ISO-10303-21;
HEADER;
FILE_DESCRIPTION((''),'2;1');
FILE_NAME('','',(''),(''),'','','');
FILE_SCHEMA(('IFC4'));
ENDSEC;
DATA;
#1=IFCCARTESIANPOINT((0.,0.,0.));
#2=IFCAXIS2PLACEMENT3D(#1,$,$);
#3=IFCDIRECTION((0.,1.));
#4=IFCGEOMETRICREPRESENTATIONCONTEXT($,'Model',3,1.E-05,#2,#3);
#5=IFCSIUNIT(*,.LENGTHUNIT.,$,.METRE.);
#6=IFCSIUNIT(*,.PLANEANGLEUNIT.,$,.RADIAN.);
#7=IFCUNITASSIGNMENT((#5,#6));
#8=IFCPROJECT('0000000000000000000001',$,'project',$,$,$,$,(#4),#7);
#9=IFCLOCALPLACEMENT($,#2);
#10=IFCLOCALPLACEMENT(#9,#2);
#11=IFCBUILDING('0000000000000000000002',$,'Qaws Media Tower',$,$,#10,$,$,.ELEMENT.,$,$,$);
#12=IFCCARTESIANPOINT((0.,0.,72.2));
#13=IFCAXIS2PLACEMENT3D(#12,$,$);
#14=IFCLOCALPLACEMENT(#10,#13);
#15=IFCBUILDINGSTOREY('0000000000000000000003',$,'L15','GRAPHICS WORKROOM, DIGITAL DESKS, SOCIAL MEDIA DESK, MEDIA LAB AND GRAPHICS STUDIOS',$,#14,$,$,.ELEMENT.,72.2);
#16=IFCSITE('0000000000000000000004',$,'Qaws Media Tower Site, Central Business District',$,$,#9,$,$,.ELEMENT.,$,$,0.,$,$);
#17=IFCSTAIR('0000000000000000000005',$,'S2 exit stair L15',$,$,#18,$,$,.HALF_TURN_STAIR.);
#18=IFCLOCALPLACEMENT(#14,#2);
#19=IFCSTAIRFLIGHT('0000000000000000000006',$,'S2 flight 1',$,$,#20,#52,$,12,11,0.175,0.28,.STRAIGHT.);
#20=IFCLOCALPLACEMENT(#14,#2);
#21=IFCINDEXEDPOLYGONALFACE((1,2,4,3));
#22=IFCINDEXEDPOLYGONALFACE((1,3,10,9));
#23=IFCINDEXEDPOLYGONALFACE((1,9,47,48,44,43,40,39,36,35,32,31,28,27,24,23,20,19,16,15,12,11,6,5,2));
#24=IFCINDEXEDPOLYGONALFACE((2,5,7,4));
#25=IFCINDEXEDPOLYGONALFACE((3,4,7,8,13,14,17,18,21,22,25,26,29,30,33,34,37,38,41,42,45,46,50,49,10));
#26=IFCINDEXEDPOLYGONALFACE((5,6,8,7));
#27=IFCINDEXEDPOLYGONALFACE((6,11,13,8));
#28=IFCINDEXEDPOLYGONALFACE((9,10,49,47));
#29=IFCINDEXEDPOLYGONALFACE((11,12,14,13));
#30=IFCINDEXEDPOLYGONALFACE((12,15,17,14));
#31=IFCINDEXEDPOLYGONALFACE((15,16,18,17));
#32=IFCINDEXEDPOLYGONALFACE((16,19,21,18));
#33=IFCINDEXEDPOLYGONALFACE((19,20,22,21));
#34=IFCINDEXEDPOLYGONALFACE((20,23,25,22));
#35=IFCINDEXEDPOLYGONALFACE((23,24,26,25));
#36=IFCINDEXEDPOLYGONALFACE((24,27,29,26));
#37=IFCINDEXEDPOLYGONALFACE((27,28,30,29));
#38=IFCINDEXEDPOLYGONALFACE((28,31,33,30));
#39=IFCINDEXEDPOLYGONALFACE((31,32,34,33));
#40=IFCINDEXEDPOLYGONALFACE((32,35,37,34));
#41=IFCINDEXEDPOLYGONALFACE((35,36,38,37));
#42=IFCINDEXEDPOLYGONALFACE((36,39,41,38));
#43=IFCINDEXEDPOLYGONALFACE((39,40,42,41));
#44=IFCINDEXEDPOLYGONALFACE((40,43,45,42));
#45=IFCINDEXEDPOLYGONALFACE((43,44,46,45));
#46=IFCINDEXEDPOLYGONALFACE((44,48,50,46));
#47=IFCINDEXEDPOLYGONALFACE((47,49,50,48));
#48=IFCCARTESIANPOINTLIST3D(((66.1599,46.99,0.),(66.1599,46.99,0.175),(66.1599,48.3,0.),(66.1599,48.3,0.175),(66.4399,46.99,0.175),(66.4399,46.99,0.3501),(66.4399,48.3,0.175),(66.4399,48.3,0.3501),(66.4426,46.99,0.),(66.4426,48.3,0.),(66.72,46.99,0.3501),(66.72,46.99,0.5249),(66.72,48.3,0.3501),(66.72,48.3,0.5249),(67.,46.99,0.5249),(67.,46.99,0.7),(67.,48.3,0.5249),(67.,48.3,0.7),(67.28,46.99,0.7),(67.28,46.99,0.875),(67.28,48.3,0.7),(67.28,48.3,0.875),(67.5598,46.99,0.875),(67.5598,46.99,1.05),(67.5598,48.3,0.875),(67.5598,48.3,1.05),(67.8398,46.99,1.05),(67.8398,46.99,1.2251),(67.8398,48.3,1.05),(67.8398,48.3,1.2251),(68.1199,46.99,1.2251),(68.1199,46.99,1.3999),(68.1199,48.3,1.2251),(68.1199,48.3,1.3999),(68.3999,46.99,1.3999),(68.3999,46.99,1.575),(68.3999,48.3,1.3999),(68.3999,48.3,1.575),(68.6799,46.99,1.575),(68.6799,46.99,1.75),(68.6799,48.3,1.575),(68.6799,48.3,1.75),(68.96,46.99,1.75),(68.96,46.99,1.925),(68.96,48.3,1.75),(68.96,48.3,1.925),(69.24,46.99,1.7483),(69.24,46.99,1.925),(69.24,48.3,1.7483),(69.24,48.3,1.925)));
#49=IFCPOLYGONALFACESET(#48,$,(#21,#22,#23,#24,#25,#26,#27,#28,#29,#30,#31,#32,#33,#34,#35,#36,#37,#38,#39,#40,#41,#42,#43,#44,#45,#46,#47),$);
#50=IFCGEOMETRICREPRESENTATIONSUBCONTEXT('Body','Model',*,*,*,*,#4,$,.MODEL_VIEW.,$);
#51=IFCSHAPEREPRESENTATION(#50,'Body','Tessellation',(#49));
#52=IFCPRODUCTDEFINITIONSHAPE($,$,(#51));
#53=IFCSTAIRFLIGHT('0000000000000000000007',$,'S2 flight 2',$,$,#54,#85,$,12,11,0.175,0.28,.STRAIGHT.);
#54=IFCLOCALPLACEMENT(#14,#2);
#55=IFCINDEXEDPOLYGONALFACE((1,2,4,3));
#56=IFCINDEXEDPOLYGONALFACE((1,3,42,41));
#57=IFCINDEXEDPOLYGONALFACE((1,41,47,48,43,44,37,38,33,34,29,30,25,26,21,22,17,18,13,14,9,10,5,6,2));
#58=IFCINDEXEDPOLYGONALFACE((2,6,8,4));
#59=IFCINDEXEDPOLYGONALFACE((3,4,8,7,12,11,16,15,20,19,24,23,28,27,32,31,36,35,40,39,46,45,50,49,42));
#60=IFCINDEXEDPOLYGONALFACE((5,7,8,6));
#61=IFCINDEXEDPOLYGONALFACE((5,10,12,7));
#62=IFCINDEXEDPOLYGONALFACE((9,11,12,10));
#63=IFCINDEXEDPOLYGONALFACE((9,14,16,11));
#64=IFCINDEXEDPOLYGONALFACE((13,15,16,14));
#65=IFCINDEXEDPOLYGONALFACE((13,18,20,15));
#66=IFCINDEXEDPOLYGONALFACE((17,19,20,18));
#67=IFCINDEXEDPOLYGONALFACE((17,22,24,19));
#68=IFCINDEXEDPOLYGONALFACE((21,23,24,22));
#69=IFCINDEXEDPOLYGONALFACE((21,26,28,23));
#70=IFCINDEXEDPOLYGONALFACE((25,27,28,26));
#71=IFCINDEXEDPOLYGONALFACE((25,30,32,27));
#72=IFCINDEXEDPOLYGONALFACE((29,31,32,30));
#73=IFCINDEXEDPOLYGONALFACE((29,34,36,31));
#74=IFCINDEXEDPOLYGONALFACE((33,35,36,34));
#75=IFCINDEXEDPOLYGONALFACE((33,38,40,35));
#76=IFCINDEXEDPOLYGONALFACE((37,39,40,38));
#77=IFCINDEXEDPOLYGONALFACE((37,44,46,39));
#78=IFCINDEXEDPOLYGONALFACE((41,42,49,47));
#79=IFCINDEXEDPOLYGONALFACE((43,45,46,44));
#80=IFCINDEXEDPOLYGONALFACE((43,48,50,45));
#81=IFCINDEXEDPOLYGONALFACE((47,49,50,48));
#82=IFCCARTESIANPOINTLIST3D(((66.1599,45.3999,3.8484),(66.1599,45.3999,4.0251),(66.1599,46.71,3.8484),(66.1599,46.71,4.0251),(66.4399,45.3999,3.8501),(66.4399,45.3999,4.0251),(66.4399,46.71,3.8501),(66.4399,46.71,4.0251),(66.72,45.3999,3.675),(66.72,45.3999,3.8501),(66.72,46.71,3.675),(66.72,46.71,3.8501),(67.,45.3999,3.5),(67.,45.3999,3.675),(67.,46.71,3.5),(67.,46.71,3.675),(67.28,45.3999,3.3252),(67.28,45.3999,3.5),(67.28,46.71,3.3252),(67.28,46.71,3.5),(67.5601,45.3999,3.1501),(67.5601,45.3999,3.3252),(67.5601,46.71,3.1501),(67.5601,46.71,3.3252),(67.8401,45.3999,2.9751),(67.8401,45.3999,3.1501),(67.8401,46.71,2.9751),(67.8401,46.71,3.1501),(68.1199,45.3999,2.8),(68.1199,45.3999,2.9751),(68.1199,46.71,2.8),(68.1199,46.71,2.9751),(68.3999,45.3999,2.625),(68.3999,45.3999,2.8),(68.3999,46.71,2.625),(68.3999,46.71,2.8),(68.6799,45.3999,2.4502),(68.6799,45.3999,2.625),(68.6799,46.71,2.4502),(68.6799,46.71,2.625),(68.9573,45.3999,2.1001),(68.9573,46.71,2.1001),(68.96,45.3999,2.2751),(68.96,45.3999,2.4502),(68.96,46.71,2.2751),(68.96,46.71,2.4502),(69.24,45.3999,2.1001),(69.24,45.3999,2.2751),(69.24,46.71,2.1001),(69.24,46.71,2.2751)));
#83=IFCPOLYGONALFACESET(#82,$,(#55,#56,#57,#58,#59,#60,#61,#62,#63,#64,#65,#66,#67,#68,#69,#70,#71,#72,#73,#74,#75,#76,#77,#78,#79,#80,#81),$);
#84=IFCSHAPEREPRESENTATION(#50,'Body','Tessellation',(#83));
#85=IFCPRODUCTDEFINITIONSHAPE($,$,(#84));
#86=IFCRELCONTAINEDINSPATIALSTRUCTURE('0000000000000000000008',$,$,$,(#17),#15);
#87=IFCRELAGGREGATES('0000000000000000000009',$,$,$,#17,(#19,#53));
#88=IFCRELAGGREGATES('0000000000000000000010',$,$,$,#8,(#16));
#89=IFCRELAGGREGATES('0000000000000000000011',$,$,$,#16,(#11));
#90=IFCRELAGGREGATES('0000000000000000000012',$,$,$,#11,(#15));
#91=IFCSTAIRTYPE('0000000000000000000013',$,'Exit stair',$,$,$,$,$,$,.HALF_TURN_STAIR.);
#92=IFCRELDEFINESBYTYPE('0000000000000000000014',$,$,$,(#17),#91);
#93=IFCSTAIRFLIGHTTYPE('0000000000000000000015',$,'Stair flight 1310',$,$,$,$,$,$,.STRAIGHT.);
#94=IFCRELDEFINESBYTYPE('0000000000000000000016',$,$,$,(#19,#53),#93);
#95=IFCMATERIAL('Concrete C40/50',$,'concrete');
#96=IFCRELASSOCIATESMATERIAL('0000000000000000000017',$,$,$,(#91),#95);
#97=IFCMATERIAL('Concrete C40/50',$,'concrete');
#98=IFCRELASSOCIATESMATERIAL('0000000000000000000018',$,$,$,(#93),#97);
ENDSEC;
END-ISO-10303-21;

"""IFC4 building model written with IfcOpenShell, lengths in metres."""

from ifc_helpers import new_model, si_unit, direction, frame, origin, place, context, subcontext, project, spatial, polyline, outline, extrude, material, type_object, element, aggregate, save


model = new_model("IFC4")

# Units and contexts
model_context = context("Model", 3, precision=1e-05, world=origin(), true_north=direction((0.0, 1.0)))
body_context = subcontext(model_context, "Body", "Model", "MODEL_VIEW")
ifc_project = project(units=[si_unit("LENGTHUNIT", "METRE"), si_unit("PLANEANGLEUNIT", "RADIAN")], contexts=[model_context])

# Site, building, storey
site_placement = place(None, origin())
site = spatial("IfcSite", under=ifc_project, at=site_placement, Name="Qaws Media Tower Site, Central Business District", CompositionType="ELEMENT", RefElevation=0.0)
building_placement = place(site_placement, origin())
building = spatial("IfcBuilding", under=site, at=building_placement, Name="Qaws Media Tower", CompositionType="ELEMENT")
storey_placement = place(building_placement, frame((0.0, 0.0, 72.2)))
storey = spatial("IfcBuildingStorey", under=building, at=storey_placement, Name="L15", Description="GRAPHICS WORKROOM, DIGITAL DESKS, SOCIAL MEDIA DESK, MEDIA LAB AND GRAPHICS STUDIOS", CompositionType="ELEMENT", Elevation=72.2)

# Stair, stair flights
ifc_material_1 = material(Name="Concrete C40/50", Category="concrete")
stair_type = type_object("IfcStairType", Name="Exit stair", PredefinedType="HALF_TURN_STAIR", material=ifc_material_1)
stair_placement = place(storey_placement, origin())
stair = element("IfcStair", 1, at=stair_placement, inside=storey, type_object=stair_type, Name="S2 exit stair L15", PredefinedType="HALF_TURN_STAIR")
ifc_material_2 = material(Name="Concrete C40/50", Category="concrete")
stair_flight_type = type_object("IfcStairFlightType", Name="Stair flight 1310", PredefinedType="STRAIGHT", material=ifc_material_2)
stair_flight_1_placement = place(storey_placement, frame((66.1599, 47.645, 0.0), z_axis=(0.0, 0.0, 1.0), x_axis=(1.0, 0.0, 0.0)))
stair_flight_1 = element("IfcStairFlight", 2, at=stair_flight_1_placement, type_object=stair_flight_type, Name="S2 flight 1", NumberOfRisers=12, NumberOfTreads=11, PredefinedType="STRAIGHT", RiserHeight=0.175, TreadLength=0.28, context=body_context, shape_type="SweptSolid", body=[
    extrude(outline(polyline([(0.0, 0.0), (0.0, 0.175), (0.28, 0.175), (0.28, 0.3501), (0.5601, 0.3501), (0.5601, 0.5249), (0.8401, 0.5249), (0.8401, 0.7), (1.1201, 0.7), (1.1201, 0.875), (1.3999, 0.875), (1.3999, 1.05), (1.6799, 1.05), (1.6799, 1.2251), (1.96, 1.2251), (1.96, 1.3999), (2.24, 1.3999), (2.24, 1.575), (2.52, 1.575), (2.52, 1.75), (2.8, 1.75), (2.8, 1.925), (3.0801, 1.925), (3.0801, 2.1001), (3.0801, 1.7483), (0.2827, 0.0), (0.0, 0.0)])), frame((0.0, 0.655, 0.0), z_axis=(0.0, -1.0, 0.0), x_axis=(1.0, 0.0, 0.0)), (0.0, 0.0, 1.0), 1.3101),
])
stair_flight_2_placement = place(storey_placement, frame((69.24, 46.0549, 2.1001), z_axis=(0.0, 0.0, 1.0), x_axis=(-1.0, 0.0, 0.0)))
stair_flight_2 = element("IfcStairFlight", 3, at=stair_flight_2_placement, type_object=stair_flight_type, Name="S2 flight 2", NumberOfRisers=12, NumberOfTreads=11, PredefinedType="STRAIGHT", RiserHeight=0.175, TreadLength=0.28, context=body_context, shape_type="SweptSolid", body=[
    extrude(outline(polyline([(0.0, 0.0), (0.0, 0.175), (0.28, 0.175), (0.28, 0.3501), (0.5601, 0.3501), (0.5601, 0.5249), (0.8401, 0.5249), (0.8401, 0.7), (1.1201, 0.7), (1.1201, 0.875), (1.3999, 0.875), (1.3999, 1.05), (1.6799, 1.05), (1.6799, 1.2251), (1.96, 1.2251), (1.96, 1.3999), (2.24, 1.3999), (2.24, 1.575), (2.52, 1.575), (2.52, 1.75), (2.8, 1.75), (2.8, 1.925), (3.0801, 1.925), (3.0801, 2.1001), (3.0801, 1.7483), (0.2827, 0.0), (0.0, 0.0)])), frame((0.0, 0.655, 0.0), z_axis=(0.0, -1.0, 0.0), x_axis=(1.0, 0.0, 0.0)), (0.0, 0.0, 1.0), 1.3101),
])
aggregate(stair, [stair_flight_1, stair_flight_2])

save(model, "model.ifc")
